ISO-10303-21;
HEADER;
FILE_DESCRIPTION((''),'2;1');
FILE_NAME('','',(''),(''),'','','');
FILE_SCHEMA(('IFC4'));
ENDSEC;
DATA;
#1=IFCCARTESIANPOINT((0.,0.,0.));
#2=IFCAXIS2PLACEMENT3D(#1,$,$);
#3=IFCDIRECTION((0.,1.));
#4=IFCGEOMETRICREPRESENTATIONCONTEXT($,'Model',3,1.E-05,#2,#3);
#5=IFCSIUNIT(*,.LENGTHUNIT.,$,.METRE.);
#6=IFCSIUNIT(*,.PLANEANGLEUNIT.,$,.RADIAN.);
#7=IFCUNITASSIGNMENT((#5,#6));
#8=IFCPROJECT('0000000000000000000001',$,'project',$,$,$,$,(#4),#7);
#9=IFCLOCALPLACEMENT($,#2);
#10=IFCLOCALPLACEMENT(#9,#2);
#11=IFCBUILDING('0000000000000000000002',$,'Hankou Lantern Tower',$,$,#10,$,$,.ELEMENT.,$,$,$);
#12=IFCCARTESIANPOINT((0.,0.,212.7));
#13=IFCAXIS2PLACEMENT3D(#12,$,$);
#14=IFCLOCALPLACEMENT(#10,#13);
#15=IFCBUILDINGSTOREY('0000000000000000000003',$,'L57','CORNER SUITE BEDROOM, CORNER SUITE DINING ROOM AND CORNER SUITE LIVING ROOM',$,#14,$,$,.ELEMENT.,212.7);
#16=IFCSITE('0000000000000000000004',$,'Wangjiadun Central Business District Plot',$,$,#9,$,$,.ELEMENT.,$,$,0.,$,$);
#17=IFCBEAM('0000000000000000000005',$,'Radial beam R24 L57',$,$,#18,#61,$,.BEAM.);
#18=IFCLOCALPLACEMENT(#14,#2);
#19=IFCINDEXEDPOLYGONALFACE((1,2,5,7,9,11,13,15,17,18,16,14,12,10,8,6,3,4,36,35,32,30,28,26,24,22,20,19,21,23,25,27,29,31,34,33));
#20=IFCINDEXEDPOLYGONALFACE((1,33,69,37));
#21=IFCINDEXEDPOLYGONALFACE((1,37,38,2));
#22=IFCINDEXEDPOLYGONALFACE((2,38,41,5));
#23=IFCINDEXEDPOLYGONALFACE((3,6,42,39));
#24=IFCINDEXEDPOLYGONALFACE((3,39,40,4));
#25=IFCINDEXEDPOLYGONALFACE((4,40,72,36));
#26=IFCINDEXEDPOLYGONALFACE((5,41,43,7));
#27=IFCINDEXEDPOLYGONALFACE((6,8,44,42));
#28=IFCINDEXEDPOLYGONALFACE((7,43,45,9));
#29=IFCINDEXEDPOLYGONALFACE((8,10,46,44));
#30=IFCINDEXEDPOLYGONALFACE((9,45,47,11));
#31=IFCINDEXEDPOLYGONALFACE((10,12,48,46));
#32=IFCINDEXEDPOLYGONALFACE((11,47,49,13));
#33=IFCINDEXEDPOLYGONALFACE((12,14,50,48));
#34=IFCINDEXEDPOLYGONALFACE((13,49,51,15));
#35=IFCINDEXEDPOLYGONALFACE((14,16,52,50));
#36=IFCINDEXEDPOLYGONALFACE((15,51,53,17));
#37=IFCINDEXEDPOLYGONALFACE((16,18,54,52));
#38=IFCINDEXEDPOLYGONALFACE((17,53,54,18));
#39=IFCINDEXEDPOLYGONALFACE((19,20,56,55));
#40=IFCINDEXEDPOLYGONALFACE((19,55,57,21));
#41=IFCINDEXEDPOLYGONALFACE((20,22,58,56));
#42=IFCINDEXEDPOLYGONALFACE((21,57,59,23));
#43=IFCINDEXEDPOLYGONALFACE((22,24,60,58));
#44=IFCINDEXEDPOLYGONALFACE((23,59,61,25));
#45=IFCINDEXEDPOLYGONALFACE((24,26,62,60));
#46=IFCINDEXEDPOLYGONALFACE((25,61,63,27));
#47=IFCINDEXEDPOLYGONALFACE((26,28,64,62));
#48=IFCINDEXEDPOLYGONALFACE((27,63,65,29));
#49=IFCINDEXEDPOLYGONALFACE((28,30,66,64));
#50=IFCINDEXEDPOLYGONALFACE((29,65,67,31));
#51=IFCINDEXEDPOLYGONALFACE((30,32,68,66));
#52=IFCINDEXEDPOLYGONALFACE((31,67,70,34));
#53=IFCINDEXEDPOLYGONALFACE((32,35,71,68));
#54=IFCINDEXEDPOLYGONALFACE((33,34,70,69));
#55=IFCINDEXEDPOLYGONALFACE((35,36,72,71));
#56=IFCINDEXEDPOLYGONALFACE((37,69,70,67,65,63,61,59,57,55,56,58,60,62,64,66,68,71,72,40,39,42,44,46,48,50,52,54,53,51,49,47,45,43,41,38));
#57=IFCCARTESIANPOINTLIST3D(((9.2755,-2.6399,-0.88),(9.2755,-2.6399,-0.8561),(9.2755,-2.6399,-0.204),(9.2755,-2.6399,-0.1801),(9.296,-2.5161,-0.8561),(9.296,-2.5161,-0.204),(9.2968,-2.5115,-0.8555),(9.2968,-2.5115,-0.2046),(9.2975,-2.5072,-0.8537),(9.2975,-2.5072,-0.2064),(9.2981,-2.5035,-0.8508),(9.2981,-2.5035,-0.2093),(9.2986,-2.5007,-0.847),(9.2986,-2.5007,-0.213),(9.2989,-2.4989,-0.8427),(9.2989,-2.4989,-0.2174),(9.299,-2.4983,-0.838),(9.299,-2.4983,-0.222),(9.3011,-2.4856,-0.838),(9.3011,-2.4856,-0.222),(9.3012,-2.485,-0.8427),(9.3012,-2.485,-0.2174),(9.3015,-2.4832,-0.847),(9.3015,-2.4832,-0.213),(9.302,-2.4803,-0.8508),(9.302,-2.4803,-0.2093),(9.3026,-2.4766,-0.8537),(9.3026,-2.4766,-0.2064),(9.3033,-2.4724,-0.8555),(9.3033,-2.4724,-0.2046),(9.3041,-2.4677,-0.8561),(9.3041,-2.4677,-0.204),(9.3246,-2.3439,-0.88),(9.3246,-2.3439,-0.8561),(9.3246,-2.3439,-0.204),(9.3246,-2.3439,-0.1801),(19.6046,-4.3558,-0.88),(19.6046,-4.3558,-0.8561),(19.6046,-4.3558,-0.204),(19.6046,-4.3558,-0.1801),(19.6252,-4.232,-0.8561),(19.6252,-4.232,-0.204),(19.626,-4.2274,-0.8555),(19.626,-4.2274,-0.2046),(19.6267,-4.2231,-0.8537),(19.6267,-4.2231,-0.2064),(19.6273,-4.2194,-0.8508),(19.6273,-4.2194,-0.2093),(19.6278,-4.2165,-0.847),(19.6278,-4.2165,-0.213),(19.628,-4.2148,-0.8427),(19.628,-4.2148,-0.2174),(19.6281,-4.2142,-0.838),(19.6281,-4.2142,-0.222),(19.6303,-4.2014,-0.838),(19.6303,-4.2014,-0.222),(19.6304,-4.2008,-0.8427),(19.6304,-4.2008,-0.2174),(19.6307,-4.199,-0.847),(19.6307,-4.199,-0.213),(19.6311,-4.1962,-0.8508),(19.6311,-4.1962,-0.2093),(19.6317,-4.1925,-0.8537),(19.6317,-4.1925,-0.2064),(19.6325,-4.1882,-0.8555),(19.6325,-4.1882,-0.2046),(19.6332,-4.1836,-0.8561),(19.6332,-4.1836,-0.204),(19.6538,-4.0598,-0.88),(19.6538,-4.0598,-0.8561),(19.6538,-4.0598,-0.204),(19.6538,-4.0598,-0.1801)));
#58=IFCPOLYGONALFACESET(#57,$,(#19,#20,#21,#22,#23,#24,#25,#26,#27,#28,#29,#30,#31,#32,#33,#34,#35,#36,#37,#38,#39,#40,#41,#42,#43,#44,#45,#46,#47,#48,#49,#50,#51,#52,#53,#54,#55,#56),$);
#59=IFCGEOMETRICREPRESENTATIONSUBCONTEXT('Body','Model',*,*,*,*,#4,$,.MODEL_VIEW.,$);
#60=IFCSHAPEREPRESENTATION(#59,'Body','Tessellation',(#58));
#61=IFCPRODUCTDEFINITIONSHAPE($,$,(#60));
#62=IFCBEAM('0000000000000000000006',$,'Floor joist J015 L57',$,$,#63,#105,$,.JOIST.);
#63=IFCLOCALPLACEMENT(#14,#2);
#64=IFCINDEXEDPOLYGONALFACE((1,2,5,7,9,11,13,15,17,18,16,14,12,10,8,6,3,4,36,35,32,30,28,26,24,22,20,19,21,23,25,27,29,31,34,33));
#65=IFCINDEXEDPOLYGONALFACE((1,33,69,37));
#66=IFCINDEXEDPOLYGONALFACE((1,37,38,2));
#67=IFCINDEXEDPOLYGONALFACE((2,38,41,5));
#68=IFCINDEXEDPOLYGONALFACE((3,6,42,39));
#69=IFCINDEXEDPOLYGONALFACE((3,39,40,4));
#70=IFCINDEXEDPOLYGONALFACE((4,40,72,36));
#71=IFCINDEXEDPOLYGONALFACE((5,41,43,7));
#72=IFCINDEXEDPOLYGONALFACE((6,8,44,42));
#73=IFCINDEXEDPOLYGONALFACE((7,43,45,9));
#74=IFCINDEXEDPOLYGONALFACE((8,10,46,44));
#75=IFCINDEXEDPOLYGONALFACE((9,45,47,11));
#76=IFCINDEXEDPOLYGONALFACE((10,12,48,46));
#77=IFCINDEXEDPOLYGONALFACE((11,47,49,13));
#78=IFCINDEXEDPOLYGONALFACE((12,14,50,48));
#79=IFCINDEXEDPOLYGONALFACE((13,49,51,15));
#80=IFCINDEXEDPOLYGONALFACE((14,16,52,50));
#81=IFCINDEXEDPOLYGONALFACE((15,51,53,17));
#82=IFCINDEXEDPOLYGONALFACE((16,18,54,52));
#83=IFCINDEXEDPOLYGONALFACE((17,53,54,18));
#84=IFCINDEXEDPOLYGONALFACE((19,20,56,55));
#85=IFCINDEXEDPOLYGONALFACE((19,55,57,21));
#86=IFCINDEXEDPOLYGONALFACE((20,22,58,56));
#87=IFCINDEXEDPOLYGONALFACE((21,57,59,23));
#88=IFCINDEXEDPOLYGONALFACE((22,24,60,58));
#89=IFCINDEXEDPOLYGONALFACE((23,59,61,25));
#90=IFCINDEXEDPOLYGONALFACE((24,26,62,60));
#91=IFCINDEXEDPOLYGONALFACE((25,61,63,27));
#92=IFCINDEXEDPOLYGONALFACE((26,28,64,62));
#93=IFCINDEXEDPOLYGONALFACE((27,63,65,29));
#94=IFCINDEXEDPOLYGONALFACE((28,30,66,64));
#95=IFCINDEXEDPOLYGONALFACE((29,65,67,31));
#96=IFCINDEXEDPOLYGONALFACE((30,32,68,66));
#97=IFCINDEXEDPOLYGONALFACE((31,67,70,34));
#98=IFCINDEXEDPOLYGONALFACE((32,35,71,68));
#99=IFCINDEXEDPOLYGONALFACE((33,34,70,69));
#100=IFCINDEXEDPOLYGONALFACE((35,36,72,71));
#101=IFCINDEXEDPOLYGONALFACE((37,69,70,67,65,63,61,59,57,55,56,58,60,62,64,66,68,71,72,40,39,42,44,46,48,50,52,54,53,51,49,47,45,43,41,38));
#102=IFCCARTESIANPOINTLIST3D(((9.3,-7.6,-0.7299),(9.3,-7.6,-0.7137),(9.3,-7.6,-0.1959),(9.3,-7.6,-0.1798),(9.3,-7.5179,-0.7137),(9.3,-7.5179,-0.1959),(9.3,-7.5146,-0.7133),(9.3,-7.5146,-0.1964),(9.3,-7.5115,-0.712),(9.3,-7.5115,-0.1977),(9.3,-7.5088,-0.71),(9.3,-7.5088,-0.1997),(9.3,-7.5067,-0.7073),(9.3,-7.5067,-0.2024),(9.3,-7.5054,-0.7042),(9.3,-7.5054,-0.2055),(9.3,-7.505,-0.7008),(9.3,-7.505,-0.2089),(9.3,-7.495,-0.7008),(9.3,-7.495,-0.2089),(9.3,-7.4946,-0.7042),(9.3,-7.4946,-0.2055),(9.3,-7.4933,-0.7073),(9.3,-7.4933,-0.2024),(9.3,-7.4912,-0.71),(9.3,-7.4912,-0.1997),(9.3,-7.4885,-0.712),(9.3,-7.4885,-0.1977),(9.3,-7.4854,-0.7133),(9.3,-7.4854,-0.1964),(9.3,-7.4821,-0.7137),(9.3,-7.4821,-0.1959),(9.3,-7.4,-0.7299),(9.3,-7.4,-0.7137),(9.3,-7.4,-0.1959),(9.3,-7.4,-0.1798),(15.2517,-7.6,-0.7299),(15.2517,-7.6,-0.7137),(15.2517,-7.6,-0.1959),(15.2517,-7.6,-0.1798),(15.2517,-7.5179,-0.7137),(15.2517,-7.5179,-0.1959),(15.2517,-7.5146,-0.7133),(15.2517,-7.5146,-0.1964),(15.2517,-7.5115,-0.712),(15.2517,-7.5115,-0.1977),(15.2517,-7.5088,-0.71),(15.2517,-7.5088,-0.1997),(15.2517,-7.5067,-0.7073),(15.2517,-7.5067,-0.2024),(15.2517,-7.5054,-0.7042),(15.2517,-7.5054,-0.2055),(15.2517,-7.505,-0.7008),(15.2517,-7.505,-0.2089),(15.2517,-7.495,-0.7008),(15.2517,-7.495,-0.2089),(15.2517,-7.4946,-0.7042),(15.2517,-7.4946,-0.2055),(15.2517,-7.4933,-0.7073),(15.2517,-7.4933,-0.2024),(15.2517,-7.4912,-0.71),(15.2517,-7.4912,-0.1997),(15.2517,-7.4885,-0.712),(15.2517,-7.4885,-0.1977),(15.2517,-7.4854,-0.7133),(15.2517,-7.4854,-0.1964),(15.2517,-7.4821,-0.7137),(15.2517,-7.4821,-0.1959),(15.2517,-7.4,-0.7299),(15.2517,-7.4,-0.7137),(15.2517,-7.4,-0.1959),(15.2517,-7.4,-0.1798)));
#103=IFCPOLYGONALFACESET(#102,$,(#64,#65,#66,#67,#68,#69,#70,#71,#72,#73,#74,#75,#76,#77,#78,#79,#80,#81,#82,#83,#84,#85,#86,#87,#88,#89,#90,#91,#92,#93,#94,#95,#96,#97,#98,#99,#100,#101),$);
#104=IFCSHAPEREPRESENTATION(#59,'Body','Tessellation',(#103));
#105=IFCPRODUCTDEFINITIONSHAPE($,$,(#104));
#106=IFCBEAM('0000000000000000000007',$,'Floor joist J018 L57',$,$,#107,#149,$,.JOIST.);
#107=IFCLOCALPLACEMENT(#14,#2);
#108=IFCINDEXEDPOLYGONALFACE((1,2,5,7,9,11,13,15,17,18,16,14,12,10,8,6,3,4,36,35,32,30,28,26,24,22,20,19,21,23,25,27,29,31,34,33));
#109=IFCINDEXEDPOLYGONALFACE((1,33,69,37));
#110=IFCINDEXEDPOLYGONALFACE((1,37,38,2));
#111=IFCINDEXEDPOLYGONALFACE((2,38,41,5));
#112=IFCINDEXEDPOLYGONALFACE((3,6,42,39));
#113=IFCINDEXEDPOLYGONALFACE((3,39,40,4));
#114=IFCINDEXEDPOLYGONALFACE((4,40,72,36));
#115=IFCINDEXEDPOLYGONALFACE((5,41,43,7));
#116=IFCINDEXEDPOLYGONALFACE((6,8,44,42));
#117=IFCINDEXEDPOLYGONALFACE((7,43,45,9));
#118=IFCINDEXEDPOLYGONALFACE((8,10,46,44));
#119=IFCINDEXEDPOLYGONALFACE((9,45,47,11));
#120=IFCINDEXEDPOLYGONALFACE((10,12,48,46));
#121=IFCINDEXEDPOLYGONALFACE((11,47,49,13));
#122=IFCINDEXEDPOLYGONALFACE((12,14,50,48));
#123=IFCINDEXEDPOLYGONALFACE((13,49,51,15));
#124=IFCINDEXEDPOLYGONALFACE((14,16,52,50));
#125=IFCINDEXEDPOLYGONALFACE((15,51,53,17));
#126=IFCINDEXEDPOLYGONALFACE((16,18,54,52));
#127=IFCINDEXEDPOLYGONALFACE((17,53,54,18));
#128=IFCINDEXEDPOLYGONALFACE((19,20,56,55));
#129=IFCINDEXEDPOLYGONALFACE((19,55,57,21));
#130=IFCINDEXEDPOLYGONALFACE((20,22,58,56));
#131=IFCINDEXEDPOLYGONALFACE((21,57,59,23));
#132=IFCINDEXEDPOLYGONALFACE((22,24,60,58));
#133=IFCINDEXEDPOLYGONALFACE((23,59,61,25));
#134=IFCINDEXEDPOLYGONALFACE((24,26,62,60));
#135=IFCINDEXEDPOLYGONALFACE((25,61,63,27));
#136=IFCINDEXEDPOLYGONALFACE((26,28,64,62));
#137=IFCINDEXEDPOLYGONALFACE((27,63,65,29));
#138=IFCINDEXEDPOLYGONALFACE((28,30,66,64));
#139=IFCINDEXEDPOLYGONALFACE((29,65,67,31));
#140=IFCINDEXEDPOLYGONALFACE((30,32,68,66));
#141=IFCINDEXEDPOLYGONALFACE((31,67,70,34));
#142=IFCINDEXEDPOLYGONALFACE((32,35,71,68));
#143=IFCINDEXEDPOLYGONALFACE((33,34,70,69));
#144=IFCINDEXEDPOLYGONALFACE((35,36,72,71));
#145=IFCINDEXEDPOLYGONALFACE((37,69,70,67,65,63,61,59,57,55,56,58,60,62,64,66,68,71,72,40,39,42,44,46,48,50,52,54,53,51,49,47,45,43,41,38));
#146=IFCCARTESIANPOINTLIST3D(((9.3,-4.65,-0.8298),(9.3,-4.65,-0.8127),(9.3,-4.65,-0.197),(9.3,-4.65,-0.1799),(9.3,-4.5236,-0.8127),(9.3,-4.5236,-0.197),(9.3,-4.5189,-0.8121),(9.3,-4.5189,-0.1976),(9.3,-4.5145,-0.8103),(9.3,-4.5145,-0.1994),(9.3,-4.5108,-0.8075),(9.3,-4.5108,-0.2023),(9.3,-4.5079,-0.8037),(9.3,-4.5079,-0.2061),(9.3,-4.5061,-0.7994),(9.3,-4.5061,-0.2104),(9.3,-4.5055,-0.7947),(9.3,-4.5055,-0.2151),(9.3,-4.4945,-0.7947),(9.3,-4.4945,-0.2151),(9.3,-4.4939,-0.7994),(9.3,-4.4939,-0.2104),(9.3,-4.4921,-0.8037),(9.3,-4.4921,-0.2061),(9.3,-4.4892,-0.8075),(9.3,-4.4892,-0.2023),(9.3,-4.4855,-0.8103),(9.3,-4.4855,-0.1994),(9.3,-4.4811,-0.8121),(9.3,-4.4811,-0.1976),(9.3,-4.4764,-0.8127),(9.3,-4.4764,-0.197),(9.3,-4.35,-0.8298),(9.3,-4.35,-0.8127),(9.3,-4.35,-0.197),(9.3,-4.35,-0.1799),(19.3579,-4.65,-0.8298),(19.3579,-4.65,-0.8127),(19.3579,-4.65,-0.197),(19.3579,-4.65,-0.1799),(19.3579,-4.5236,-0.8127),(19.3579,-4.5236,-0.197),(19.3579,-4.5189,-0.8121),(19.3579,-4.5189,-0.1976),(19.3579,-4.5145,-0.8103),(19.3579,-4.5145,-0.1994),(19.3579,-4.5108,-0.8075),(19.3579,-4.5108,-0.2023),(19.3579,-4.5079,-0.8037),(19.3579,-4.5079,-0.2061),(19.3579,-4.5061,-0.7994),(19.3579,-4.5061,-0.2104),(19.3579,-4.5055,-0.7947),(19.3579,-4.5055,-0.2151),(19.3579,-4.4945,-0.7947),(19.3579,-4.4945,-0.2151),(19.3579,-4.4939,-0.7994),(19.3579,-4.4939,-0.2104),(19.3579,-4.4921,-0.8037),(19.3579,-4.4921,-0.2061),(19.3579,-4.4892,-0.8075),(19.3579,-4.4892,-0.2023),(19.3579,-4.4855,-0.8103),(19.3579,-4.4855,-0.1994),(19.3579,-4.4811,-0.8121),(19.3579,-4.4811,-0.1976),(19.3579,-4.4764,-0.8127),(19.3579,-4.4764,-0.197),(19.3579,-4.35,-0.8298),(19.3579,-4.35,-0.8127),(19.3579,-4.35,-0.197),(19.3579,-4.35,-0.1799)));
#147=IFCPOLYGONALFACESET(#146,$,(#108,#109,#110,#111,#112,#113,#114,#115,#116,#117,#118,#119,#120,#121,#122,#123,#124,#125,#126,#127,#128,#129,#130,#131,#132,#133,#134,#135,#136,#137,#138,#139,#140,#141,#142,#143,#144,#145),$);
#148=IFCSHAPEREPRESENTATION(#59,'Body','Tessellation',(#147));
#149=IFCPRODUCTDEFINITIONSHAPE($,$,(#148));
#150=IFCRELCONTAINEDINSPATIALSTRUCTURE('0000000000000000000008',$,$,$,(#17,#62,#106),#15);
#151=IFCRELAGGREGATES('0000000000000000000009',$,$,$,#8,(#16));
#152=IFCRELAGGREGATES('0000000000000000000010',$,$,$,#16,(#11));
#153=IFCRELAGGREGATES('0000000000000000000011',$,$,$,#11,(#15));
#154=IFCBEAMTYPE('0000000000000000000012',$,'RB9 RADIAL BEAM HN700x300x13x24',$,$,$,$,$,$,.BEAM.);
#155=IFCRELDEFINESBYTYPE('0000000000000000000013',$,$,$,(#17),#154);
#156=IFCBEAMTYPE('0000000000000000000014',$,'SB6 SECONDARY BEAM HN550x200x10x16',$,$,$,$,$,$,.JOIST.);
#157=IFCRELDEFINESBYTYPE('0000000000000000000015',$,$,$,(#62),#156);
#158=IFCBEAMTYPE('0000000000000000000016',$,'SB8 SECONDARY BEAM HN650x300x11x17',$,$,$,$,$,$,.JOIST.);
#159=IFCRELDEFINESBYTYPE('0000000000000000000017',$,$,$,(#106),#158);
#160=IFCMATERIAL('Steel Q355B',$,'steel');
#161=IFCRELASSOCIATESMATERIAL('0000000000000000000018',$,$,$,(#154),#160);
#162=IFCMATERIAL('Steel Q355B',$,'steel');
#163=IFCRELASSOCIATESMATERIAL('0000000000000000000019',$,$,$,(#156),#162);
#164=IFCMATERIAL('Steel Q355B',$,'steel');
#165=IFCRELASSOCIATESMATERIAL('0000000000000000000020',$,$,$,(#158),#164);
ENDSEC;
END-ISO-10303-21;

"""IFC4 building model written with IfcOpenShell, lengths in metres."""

from ifc_helpers import new_model, si_unit, direction, frame, origin, origin_2d, place, context, subcontext, project, spatial, i_section, extrude, material, material_profile, profile_set, type_object, element, save


model = new_model("IFC4")

# Units and contexts
model_context = context("Model", 3, precision=1e-05, world=origin(), true_north=direction((0.0, 1.0)))
body_context = subcontext(model_context, "Body", "Model", "MODEL_VIEW")
ifc_project = project(units=[si_unit("LENGTHUNIT", "METRE"), si_unit("PLANEANGLEUNIT", "RADIAN")], contexts=[model_context])

# Site, building, storey
site_placement = place(None, origin())
site = spatial("IfcSite", under=ifc_project, at=site_placement, Name="Wangjiadun Central Business District Plot", CompositionType="ELEMENT", RefElevation=0.0)
building_placement = place(site_placement, origin())
building = spatial("IfcBuilding", under=site, at=building_placement, Name="Hankou Lantern Tower", CompositionType="ELEMENT")
storey_placement = place(building_placement, frame((0.0, 0.0, 212.7)))
storey = spatial("IfcBuildingStorey", under=building, at=storey_placement, Name="L57", Description="CORNER SUITE BEDROOM, CORNER SUITE DINING ROOM AND CORNER SUITE LIVING ROOM", CompositionType="ELEMENT", Elevation=212.7)

# Beams
ifc_material_1 = material(Name="Steel Q355B", Category="steel")
ifc_material_profile_1 = material_profile(ifc_material_1, i_section(OverallWidth=0.3, OverallDepth=0.7, WebThickness=0.0129, FlangeThickness=0.0239, FilletRadius=0.0181, at=origin_2d()), Name="HN700x300x13x24")
ifc_profile_set_1 = profile_set([ifc_material_profile_1], Name="Steel Q355B")
beam_type_1 = type_object("IfcBeamType", Name="RB9 RADIAL BEAM HN700x300x13x24", PredefinedType="BEAM", material=ifc_profile_set_1)
beam_1_placement = place(storey_placement, frame((9.3, -2.4919, -0.53), z_axis=(0.986482, -0.16387, 0.0), x_axis=(0.16387, 0.986482, 0.0)))
element("IfcBeam", 1, at=beam_1_placement, inside=storey, type_object=beam_type_1, Name="Radial beam R24 L57", PredefinedType="BEAM", context=body_context, shape_type="SweptSolid", body=[
    extrude(i_section(OverallWidth=0.3, OverallDepth=0.7, WebThickness=0.0129, FlangeThickness=0.0239, FilletRadius=0.0181, at=origin_2d()), origin(), (0.0, 0.0, 1.0), 10.4707),
])
ifc_material_2 = material(Name="Steel Q355B", Category="steel")
ifc_material_profile_2 = material_profile(ifc_material_2, i_section(OverallWidth=0.2, OverallDepth=0.55, WebThickness=0.01, FlangeThickness=0.0161, FilletRadius=0.0129, at=origin_2d()), Name="HN550x200x10x16")
ifc_profile_set_2 = profile_set([ifc_material_profile_2], Name="Steel Q355B")
beam_type_2 = type_object("IfcBeamType", Name="SB6 SECONDARY BEAM HN550x200x10x16", PredefinedType="JOIST", material=ifc_profile_set_2)
beam_2_placement = place(storey_placement, frame((9.3, -7.5, -0.4548), z_axis=(1.0, 0.0, 0.0), x_axis=(0.0, 1.0, 0.0)))
element("IfcBeam", 2, at=beam_2_placement, inside=storey, type_object=beam_type_2, Name="Floor joist J015 L57", PredefinedType="JOIST", context=body_context, shape_type="SweptSolid", body=[
    extrude(i_section(OverallWidth=0.2, OverallDepth=0.55, WebThickness=0.01, FlangeThickness=0.0161, FilletRadius=0.0129, at=origin_2d()), origin(), (0.0, 0.0, 1.0), 5.9517),
])
ifc_material_3 = material(Name="Steel Q355B", Category="steel")
ifc_material_profile_3 = material_profile(ifc_material_3, i_section(OverallWidth=0.3, OverallDepth=0.6499, WebThickness=0.011, FlangeThickness=0.0171, FilletRadius=0.0181, at=origin_2d()), Name="HN650x300x11x17")
ifc_profile_set_3 = profile_set([ifc_material_profile_3], Name="Steel Q355B")
beam_type_3 = type_object("IfcBeamType", Name="SB8 SECONDARY BEAM HN650x300x11x17", PredefinedType="JOIST", material=ifc_profile_set_3)
beam_3_placement = place(storey_placement, frame((9.3, -4.5, -0.5049), z_axis=(1.0, 0.0, 0.0), x_axis=(0.0, 1.0, 0.0)))
element("IfcBeam", 3, at=beam_3_placement, inside=storey, type_object=beam_type_3, Name="Floor joist J018 L57", PredefinedType="JOIST", context=body_context, shape_type="SweptSolid", body=[
    extrude(i_section(OverallWidth=0.3, OverallDepth=0.6499, WebThickness=0.011, FlangeThickness=0.0171, FilletRadius=0.0181, at=origin_2d()), origin(), (0.0, 0.0, 1.0), 10.0579),
])

save(model, "model.ifc")
